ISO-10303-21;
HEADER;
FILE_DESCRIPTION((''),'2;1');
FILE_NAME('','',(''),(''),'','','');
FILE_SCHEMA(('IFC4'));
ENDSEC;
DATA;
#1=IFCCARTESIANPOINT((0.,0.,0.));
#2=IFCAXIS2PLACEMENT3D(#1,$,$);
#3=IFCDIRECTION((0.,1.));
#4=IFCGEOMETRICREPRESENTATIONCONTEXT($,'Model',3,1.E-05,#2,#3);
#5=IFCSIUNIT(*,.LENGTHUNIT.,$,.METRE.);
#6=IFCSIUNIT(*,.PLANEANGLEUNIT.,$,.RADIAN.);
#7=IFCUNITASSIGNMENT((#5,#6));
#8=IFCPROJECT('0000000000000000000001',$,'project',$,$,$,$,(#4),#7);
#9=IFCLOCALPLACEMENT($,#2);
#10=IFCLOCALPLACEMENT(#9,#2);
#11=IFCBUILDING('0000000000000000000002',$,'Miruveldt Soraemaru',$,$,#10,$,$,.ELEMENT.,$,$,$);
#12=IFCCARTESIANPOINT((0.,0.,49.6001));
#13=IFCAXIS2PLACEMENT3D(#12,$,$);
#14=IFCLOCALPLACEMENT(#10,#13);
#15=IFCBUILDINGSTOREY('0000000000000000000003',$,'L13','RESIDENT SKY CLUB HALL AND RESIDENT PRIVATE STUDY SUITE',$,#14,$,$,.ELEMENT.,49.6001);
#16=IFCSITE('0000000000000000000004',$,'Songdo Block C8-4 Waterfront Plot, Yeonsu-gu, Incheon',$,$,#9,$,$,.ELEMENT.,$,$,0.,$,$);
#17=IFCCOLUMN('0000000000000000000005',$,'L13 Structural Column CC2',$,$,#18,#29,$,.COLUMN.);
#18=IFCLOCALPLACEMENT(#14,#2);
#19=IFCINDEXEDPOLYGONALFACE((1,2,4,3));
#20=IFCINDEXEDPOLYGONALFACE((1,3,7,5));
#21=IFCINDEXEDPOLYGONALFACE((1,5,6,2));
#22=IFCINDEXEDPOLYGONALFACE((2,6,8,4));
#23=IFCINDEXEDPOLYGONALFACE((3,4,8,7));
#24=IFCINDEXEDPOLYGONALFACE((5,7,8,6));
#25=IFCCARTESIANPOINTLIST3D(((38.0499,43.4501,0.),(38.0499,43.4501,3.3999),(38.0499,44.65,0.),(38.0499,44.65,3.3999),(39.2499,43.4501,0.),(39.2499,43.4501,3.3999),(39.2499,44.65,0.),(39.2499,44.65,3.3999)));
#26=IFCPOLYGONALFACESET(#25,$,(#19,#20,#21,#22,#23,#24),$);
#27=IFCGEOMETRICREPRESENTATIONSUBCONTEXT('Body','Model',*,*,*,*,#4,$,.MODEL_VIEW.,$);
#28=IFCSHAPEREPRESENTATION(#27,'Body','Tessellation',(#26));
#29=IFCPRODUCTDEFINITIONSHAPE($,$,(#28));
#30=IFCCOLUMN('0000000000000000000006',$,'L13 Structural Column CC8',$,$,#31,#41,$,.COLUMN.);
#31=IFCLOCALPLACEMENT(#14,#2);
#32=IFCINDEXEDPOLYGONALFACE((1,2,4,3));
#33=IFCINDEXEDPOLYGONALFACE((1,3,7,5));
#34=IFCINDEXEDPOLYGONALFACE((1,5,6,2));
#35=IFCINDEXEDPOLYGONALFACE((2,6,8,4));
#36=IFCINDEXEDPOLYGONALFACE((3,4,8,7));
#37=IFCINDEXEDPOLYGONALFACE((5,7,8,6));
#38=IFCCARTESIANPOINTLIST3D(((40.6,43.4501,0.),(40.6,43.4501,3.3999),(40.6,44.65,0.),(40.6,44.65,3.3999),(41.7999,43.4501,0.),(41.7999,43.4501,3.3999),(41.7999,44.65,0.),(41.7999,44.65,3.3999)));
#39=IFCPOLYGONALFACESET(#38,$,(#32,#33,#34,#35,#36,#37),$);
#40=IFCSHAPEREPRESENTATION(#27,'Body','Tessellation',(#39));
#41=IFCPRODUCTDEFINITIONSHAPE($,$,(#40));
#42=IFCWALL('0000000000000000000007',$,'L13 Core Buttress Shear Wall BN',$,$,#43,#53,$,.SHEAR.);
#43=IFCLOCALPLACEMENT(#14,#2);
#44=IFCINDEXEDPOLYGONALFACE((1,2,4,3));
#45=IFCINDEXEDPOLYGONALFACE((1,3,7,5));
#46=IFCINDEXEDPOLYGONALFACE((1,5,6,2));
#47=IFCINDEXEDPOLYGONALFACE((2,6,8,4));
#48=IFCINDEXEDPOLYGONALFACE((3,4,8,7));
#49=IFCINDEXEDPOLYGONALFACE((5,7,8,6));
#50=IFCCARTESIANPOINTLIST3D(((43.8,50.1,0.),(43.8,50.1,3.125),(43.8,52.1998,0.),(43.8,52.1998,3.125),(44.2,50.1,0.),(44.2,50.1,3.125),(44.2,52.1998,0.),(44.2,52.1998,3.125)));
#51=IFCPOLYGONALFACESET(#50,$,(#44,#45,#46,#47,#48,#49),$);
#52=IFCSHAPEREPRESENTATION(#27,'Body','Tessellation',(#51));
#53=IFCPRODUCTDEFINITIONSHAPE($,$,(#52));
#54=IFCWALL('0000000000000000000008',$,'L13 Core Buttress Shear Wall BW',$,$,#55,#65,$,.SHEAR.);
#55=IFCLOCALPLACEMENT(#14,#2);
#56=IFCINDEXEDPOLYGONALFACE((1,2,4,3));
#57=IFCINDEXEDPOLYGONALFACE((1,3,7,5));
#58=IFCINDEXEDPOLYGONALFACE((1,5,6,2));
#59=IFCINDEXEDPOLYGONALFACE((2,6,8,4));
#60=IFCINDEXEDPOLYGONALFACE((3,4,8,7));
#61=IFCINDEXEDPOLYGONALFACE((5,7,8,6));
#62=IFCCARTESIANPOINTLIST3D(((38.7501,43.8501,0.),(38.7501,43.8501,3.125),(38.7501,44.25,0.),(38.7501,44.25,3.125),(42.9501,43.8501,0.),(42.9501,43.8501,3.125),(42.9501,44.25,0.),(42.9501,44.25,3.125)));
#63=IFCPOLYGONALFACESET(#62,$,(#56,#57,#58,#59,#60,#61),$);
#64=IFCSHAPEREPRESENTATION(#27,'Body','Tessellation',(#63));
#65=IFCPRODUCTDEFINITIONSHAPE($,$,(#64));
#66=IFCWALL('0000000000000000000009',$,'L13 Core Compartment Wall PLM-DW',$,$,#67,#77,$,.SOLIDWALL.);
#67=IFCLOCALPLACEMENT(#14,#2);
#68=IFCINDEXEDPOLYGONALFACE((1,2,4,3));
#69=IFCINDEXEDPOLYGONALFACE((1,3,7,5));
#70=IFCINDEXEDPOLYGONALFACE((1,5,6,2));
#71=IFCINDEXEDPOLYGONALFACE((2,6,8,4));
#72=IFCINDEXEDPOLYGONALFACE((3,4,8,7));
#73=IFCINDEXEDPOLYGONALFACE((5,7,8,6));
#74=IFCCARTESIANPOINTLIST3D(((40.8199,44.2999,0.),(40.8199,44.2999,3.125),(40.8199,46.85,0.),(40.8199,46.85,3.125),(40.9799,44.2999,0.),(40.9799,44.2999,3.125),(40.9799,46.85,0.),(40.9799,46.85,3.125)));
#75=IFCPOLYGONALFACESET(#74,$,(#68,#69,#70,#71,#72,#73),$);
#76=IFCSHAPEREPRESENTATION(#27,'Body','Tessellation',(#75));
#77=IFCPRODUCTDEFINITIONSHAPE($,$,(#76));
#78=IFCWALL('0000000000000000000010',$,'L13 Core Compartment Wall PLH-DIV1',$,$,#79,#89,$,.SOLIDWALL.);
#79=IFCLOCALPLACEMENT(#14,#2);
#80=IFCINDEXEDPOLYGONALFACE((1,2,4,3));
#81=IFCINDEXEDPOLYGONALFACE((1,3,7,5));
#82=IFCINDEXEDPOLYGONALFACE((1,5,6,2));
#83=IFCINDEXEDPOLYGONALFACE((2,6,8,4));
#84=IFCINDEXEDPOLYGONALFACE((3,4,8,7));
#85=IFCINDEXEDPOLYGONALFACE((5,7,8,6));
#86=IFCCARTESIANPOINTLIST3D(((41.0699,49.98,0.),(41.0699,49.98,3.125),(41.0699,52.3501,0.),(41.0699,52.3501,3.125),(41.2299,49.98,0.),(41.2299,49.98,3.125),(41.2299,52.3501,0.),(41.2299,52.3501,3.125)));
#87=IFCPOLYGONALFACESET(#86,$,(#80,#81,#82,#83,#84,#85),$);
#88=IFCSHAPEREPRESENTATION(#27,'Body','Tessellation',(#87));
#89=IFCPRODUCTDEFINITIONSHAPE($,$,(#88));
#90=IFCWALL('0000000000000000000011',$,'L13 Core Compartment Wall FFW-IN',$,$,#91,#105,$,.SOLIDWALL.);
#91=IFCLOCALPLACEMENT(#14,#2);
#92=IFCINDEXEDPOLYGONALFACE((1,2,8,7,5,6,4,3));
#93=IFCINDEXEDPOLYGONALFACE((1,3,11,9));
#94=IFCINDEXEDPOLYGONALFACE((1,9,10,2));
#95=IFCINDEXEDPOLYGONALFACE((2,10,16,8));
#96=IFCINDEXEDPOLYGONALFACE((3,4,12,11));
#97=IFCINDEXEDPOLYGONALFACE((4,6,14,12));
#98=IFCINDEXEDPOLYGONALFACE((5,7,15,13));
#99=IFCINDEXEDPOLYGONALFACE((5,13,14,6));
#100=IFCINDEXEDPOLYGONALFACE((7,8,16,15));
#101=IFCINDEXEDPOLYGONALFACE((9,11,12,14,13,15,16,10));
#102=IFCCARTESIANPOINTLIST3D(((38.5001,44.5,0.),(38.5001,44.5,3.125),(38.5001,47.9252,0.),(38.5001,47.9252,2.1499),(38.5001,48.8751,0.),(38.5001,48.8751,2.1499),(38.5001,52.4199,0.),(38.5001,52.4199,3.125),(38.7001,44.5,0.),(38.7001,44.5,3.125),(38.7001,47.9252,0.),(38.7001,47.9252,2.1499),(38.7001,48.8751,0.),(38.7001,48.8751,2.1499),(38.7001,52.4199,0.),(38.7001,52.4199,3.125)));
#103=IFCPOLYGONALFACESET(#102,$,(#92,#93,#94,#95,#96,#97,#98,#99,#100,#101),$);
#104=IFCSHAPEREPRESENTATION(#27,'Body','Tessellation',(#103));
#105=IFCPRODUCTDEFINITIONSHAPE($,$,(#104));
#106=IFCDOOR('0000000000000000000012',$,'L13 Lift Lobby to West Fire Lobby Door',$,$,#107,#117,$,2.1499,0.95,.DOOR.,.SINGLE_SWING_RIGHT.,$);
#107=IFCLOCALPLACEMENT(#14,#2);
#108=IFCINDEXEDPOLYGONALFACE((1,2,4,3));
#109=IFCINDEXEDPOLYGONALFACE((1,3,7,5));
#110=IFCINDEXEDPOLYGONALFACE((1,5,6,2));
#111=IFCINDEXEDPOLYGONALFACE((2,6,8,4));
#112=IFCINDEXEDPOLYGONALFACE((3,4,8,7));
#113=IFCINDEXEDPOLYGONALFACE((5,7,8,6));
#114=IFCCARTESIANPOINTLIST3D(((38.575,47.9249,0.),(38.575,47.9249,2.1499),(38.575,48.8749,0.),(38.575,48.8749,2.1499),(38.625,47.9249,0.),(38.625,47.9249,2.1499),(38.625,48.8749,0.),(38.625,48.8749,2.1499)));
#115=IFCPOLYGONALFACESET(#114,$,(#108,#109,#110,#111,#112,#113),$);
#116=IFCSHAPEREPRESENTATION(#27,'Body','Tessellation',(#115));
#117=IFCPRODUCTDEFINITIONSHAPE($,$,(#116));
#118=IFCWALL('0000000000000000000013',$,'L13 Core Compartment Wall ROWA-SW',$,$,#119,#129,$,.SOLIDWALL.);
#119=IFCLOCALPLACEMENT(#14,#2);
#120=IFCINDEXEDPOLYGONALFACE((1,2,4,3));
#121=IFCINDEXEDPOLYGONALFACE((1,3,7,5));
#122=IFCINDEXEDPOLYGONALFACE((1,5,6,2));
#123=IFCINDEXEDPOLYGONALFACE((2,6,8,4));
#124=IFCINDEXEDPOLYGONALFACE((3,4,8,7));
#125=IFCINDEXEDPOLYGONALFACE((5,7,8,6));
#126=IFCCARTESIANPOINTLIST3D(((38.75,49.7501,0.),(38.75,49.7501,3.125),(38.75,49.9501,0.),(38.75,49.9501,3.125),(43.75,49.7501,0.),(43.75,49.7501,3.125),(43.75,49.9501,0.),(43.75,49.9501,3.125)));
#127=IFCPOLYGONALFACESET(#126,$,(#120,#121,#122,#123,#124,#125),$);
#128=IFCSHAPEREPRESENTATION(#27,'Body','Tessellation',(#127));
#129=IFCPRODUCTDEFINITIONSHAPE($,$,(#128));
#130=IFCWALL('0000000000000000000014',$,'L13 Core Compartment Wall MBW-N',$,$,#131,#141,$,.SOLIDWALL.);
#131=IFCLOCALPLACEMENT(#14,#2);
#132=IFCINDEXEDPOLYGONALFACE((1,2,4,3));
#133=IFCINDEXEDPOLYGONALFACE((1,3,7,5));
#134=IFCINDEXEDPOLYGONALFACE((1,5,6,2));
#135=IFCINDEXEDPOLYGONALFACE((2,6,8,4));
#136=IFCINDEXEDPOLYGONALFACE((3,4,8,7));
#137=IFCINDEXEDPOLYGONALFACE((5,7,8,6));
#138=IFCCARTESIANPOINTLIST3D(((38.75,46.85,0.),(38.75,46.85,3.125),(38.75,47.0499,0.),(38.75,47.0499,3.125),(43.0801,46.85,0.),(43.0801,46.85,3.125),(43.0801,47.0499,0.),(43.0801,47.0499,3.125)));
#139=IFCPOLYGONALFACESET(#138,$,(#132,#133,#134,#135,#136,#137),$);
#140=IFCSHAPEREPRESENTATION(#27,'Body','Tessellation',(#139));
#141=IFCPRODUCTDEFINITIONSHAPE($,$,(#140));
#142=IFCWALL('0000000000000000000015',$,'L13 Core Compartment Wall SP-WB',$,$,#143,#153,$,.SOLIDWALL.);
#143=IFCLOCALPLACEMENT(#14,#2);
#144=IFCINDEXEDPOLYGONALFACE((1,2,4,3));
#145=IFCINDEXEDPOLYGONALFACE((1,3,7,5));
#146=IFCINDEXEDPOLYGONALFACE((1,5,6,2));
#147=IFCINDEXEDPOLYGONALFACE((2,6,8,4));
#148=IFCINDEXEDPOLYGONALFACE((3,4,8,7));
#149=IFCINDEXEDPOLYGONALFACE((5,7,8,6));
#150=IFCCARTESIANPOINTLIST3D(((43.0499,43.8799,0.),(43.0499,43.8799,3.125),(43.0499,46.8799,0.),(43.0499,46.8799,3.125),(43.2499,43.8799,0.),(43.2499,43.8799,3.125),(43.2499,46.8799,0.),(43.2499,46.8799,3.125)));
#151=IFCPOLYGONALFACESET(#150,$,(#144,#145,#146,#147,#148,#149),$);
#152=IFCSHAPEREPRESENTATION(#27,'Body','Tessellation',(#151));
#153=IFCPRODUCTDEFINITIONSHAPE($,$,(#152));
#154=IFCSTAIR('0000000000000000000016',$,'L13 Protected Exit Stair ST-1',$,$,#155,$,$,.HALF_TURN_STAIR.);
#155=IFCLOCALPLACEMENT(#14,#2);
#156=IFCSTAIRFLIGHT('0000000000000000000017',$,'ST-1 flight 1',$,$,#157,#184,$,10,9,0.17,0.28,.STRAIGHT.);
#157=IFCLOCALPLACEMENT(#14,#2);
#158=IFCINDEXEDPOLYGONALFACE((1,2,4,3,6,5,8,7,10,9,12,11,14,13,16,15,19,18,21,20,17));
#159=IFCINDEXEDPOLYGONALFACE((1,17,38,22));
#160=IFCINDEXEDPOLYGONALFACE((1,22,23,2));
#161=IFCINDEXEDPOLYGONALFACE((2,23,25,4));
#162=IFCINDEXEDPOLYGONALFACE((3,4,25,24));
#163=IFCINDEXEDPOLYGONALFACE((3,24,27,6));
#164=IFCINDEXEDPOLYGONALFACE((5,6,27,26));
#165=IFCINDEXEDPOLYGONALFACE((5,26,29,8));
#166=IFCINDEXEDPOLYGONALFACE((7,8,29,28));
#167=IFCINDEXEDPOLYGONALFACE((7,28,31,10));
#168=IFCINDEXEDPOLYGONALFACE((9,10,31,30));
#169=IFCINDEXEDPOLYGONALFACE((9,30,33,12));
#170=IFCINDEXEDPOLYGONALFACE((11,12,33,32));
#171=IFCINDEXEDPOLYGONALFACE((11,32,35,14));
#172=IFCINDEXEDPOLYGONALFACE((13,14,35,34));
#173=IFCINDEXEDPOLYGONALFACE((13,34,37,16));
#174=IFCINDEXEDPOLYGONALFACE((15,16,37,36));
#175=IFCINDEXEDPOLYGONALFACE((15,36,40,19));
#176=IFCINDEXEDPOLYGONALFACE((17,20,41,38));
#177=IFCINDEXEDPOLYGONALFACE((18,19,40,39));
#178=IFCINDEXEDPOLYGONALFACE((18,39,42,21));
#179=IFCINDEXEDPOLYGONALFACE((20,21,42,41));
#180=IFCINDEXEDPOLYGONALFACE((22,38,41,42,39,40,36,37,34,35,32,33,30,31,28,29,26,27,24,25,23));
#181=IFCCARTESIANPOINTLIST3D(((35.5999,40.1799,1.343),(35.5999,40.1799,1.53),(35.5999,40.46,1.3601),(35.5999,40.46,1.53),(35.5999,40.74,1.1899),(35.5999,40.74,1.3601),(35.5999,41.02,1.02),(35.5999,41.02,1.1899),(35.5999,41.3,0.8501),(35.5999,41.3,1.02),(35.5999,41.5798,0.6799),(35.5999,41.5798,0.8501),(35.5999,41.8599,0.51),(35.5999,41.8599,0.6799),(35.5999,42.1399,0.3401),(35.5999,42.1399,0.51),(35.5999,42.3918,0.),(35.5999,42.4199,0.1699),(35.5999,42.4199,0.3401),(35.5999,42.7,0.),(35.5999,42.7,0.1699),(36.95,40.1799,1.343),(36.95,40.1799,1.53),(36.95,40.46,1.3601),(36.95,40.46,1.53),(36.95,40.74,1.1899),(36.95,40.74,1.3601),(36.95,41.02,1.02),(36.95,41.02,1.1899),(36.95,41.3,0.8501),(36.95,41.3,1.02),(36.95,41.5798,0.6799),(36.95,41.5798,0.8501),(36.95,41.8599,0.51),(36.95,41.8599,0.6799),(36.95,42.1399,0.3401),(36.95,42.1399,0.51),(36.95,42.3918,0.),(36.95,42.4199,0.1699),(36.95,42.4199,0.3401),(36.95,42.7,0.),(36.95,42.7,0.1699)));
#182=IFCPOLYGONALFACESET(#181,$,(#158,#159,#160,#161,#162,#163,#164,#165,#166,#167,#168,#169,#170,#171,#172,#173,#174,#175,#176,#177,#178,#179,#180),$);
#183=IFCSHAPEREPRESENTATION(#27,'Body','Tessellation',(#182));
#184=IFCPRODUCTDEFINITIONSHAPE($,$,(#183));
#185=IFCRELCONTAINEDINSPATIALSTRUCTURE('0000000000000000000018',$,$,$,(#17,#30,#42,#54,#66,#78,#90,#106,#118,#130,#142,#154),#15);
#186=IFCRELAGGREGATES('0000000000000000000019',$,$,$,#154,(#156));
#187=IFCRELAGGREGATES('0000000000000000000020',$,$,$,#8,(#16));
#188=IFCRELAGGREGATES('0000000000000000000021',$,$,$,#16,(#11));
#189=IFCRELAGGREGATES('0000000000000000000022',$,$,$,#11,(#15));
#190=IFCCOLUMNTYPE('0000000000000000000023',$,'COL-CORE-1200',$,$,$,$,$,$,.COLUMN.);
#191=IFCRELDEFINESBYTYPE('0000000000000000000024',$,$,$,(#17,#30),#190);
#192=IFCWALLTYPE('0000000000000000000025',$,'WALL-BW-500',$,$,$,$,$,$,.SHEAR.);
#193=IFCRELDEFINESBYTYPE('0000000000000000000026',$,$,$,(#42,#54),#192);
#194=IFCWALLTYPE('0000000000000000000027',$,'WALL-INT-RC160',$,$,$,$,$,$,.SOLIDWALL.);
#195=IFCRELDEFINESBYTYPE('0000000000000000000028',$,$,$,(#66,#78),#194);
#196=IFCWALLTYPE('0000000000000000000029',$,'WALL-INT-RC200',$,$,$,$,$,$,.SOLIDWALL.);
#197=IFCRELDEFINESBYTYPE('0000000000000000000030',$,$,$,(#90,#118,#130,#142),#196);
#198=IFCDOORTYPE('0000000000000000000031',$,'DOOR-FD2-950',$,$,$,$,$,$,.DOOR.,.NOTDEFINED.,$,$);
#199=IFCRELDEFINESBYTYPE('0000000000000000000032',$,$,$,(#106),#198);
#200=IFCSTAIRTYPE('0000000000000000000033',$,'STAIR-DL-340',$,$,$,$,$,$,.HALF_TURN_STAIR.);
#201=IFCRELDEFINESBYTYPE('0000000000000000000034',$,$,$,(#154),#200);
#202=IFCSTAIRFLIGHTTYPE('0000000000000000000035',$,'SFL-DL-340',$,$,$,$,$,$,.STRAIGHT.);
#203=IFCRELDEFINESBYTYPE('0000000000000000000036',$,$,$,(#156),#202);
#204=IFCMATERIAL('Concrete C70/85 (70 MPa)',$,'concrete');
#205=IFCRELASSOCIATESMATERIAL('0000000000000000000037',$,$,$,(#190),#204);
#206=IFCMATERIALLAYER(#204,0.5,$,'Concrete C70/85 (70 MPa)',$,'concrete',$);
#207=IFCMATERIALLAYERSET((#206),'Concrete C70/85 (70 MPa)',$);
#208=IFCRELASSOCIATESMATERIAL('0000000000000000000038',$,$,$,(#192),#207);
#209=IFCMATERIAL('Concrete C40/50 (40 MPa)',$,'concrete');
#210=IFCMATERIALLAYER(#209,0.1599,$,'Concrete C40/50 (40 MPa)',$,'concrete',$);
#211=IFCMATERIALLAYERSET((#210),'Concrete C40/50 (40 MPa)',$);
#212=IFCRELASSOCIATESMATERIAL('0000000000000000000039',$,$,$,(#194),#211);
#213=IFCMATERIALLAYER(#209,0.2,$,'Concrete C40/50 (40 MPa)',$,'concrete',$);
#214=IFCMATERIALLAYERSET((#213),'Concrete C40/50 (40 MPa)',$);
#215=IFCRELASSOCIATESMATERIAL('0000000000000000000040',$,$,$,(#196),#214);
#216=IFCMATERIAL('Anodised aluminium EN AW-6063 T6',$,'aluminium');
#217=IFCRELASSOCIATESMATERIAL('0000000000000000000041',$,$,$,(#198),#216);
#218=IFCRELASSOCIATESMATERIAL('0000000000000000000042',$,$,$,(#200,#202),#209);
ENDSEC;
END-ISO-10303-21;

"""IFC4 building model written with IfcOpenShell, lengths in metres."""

from ifc_helpers import new_model, si_unit, direction, frame, frame_2d, origin, origin_2d, place, context, subcontext, project, spatial, polyline, rectangle, outline, extrude, material, layer, layer_set, material_profile, profile_set, type_object, element, fill, aggregate, save


model = new_model("IFC4")

# Units and contexts
model_context = context("Model", 3, precision=1e-05, world=origin(), true_north=direction((0.0, 1.0)))
body_context = subcontext(model_context, "Body", "Model", "MODEL_VIEW")
ifc_project = project(units=[si_unit("LENGTHUNIT", "METRE"), si_unit("PLANEANGLEUNIT", "RADIAN")], contexts=[model_context])

# Site, building, storey
site_placement = place(None, origin())
site = spatial("IfcSite", under=ifc_project, at=site_placement, Name="Songdo Block C8-4 Waterfront Plot, Yeonsu-gu, Incheon", CompositionType="ELEMENT", RefElevation=0.0)
building_placement = place(site_placement, origin())
building = spatial("IfcBuilding", under=site, at=building_placement, Name="Miruveldt Soraemaru", CompositionType="ELEMENT")
storey_placement = place(building_placement, frame((0.0, 0.0, 49.6001)))
storey = spatial("IfcBuildingStorey", under=building, at=storey_placement, Name="L13", Description="RESIDENT SKY CLUB HALL AND RESIDENT PRIVATE STUDY SUITE", CompositionType="ELEMENT", Elevation=49.6001)

# Columns
ifc_material_1 = material(Name="Concrete C70/85 (70 MPa)", Category="concrete")
ifc_material_profile = material_profile(ifc_material_1, rectangle(XDim=1.2, YDim=1.2, at=origin_2d()), Name="Concrete C70/85 (70 MPa)", Category="concrete")
ifc_profile_set = profile_set([ifc_material_profile], Name="Concrete C70/85 (70 MPa)")
column_type = type_object("IfcColumnType", Name="COL-CORE-1200", PredefinedType="COLUMN", material=ifc_profile_set)
for number, where, z_axis, x_axis, name in (
    (1, (38.6499, 44.05, 0.0), (0.0, 0.0, 1.0), (1.0, 0.0, 0.0), "L13 Structural Column CC2"),
    (2, (41.2, 44.05, 0.0), (0.0, 0.0, 1.0), (1.0, 0.0, 0.0), "L13 Structural Column CC8"),
):
    element("IfcColumn", number, at=place(storey_placement, frame(where, z_axis=z_axis, x_axis=x_axis)), inside=storey, type_object=column_type, Name=name, PredefinedType="COLUMN", context=body_context, shape_type="SweptSolid", body=[
        extrude(rectangle(XDim=1.2, YDim=1.2, at=origin_2d()), origin(), (0.0, 0.0, 1.0), 3.3999),
    ])

# Walls
ifc_layer_1 = layer(ifc_material_1, 0.5, Name="Concrete C70/85 (70 MPa)", Category="concrete")
ifc_layer_set_1 = layer_set([ifc_layer_1], Name="Concrete C70/85 (70 MPa)")
wall_type_1 = type_object("IfcWallType", Name="WALL-BW-500", PredefinedType="SHEAR", material=ifc_layer_set_1)
wall_1_placement = place(storey_placement, frame((44.0, 50.1001, 0.0), z_axis=(0.0, 0.0, 1.0), x_axis=(0.0, 1.0, 0.0)))
element("IfcWall", 3, at=wall_1_placement, inside=storey, type_object=wall_type_1, Name="L13 Core Buttress Shear Wall BN", PredefinedType="SHEAR", context=body_context, shape_type="SweptSolid", body=[
    extrude(rectangle(XDim=2.0999, YDim=0.3999, at=frame_2d((1.0498, 0.0))), origin(), (0.0, 0.0, 1.0), 3.125),
])
wall_2_placement = place(storey_placement, frame((38.75, 44.05, 0.0), z_axis=(0.0, 0.0, 1.0), x_axis=(1.0, 0.0, 0.0)))
element("IfcWall", 4, at=wall_2_placement, inside=storey, type_object=wall_type_1, Name="L13 Core Buttress Shear Wall BW", PredefinedType="SHEAR", context=body_context, shape_type="SweptSolid", body=[
    extrude(rectangle(XDim=4.2, YDim=0.3999, at=frame_2d((2.1001, 0.0))), origin(), (0.0, 0.0, 1.0), 3.125),
])
ifc_material_2 = material(Name="Concrete C40/50 (40 MPa)", Category="concrete")
ifc_layer_2 = layer(ifc_material_2, 0.1599, Name="Concrete C40/50 (40 MPa)", Category="concrete")
ifc_layer_set_2 = layer_set([ifc_layer_2], Name="Concrete C40/50 (40 MPa)")
wall_type_2 = type_object("IfcWallType", Name="WALL-INT-RC160", PredefinedType="SOLIDWALL", material=ifc_layer_set_2)
wall_3_placement = place(storey_placement, frame((40.8999, 44.3, 0.0), z_axis=(0.0, 0.0, 1.0), x_axis=(0.0, 1.0, 0.0)))
element("IfcWall", 5, at=wall_3_placement, inside=storey, type_object=wall_type_2, Name="L13 Core Compartment Wall PLM-DW", PredefinedType="SOLIDWALL", context=body_context, shape_type="SweptSolid", body=[
    extrude(rectangle(XDim=2.55, YDim=0.1599, at=frame_2d((1.2749, 0.0))), origin(), (0.0, 0.0, 1.0), 3.125),
])
wall_4_placement = place(storey_placement, frame((41.1499, 49.98, 0.0), z_axis=(0.0, 0.0, 1.0), x_axis=(0.0, 1.0, 0.0)))
element("IfcWall", 6, at=wall_4_placement, inside=storey, type_object=wall_type_2, Name="L13 Core Compartment Wall PLH-DIV1", PredefinedType="SOLIDWALL", context=body_context, shape_type="SweptSolid", body=[
    extrude(rectangle(XDim=2.3701, YDim=0.1599, at=frame_2d((1.1851, 0.0))), origin(), (0.0, 0.0, 1.0), 3.125),
])

# Wall, opening, door
ifc_layer_3 = layer(ifc_material_2, 0.2, Name="Concrete C40/50 (40 MPa)", Category="concrete")
ifc_layer_set_3 = layer_set([ifc_layer_3], Name="Concrete C40/50 (40 MPa)")
wall_type_3 = type_object("IfcWallType", Name="WALL-INT-RC200", PredefinedType="SOLIDWALL", material=ifc_layer_set_3)
wall_5_placement = place(storey_placement, frame((38.6001, 44.5, 0.0), z_axis=(0.0, 0.0, 1.0), x_axis=(0.0, 1.0, 0.0)))
wall_5 = element("IfcWall", 7, at=wall_5_placement, inside=storey, type_object=wall_type_3, Name="L13 Core Compartment Wall FFW-IN", PredefinedType="SOLIDWALL", context=body_context, shape_type="SweptSolid", body=[
    extrude(rectangle(XDim=7.9199, YDim=0.2, at=frame_2d((3.96, 0.0))), origin(), (0.0, 0.0, 1.0), 3.125),
])
opening_1_placement = place(wall_5_placement, frame((3.425, 0.0, 0.0)))
opening_1 = element("IfcOpeningElement", 8, at=opening_1_placement, cuts=wall_5, PredefinedType="OPENING", context=body_context, shape_type="SweptSolid", body=[
    extrude(rectangle(XDim=0.95, YDim=2.1499, at=frame_2d((0.4751, 1.075))), frame((0.0, 0.1099, 0.0), z_axis=(0.0, -1.0, 0.0), x_axis=(1.0, 0.0, 0.0)), (0.0, 0.0, 1.0), 0.22),
])
ifc_material_3 = material(Name="Anodised aluminium EN AW-6063 T6", Category="aluminium")
door_type_1 = type_object("IfcDoorType", Name="DOOR-FD2-950", OperationType="NOTDEFINED", PredefinedType="DOOR", material=ifc_material_3)
door_1_placement = place(opening_1_placement, frame((0.95, 0.0, 0.0), z_axis=(0.0, 0.0, 1.0), x_axis=(-1.0, 0.0, 0.0)))
door_1 = element("IfcDoor", 9, at=door_1_placement, inside=storey, type_object=door_type_1, Name="L13 Lift Lobby to West Fire Lobby Door", OperationType="SINGLE_SWING_RIGHT", OverallHeight=2.1499, OverallWidth=0.95, PredefinedType="DOOR", context=body_context, shape_type="SweptSolid", body=[
    extrude(rectangle(XDim=0.95, YDim=2.1499, at=frame_2d((0.4751, 1.075))), frame((0.0, 0.0249, 0.0), z_axis=(0.0, -1.0, 0.0), x_axis=(1.0, 0.0, 0.0)), (0.0, 0.0, 1.0), 0.05),
])
fill(opening_1, door_1)

# Walls
wall_6_placement = place(storey_placement, frame((38.75, 49.8501, 0.0), z_axis=(0.0, 0.0, 1.0), x_axis=(1.0, 0.0, 0.0)))
element("IfcWall", 10, at=wall_6_placement, inside=storey, type_object=wall_type_3, Name="L13 Core Compartment Wall ROWA-SW", PredefinedType="SOLIDWALL", context=body_context, shape_type="SweptSolid", body=[
    extrude(rectangle(XDim=5.0, YDim=0.2, at=frame_2d((2.5, 0.0))), origin(), (0.0, 0.0, 1.0), 3.125),
])
wall_7_placement = place(storey_placement, frame((38.75, 46.95, 0.0), z_axis=(0.0, 0.0, 1.0), x_axis=(1.0, 0.0, 0.0)))
element("IfcWall", 11, at=wall_7_placement, inside=storey, type_object=wall_type_3, Name="L13 Core Compartment Wall MBW-N", PredefinedType="SOLIDWALL", context=body_context, shape_type="SweptSolid", body=[
    extrude(rectangle(XDim=4.3301, YDim=0.2, at=frame_2d((2.165, 0.0))), origin(), (0.0, 0.0, 1.0), 3.125),
])
wall_8_placement = place(storey_placement, frame((43.1499, 43.8799, 0.0), z_axis=(0.0, 0.0, 1.0), x_axis=(0.0, 1.0, 0.0)))
element("IfcWall", 12, at=wall_8_placement, inside=storey, type_object=wall_type_3, Name="L13 Core Compartment Wall SP-WB", PredefinedType="SOLIDWALL", context=body_context, shape_type="SweptSolid", body=[
    extrude(rectangle(XDim=3.0, YDim=0.2, at=frame_2d((1.5, 0.0))), origin(), (0.0, 0.0, 1.0), 3.125),
])

# Stair, stair flight
stair_type = type_object("IfcStairType", Name="STAIR-DL-340", PredefinedType="HALF_TURN_STAIR", material=ifc_material_2)
stair_placement = place(storey_placement, origin())
stair = element("IfcStair", 13, at=stair_placement, inside=storey, type_object=stair_type, Name="L13 Protected Exit Stair ST-1", PredefinedType="HALF_TURN_STAIR")
stair_flight_type = type_object("IfcStairFlightType", Name="SFL-DL-340", PredefinedType="STRAIGHT", material=ifc_material_2)
stair_flight_placement = place(storey_placement, frame((36.2749, 42.7, 0.0), z_axis=(0.0, 0.0, 1.0), x_axis=(0.0, -1.0, 0.0)))
stair_flight = element("IfcStairFlight", 14, at=stair_flight_placement, type_object=stair_flight_type, Name="ST-1 flight 1", NumberOfRisers=10, NumberOfTreads=9, PredefinedType="STRAIGHT", RiserHeight=0.17, TreadLength=0.28, context=body_context, shape_type="SweptSolid", body=[
    extrude(outline(polyline([(0.0, 0.0), (0.0, 0.1699), (0.28, 0.1699), (0.28, 0.3401), (0.5601, 0.3401), (0.5601, 0.51), (0.8401, 0.51), (0.8401, 0.6799), (1.1201, 0.6799), (1.1201, 0.8501), (1.3999, 0.8501), (1.3999, 1.02), (1.6799, 1.02), (1.6799, 1.1899), (1.96, 1.1899), (1.96, 1.3601), (2.24, 1.3601), (2.24, 1.53), (2.52, 1.53), (2.52, 1.7), (2.52, 1.343), (0.3081, 0.0), (0.0, 0.0)])), frame((0.0, 0.675, 0.0), z_axis=(0.0, -1.0, 0.0), x_axis=(1.0, 0.0, 0.0)), (0.0, 0.0, 1.0), 1.3501),
])
aggregate(stair, [stair_flight])

save(model, "model.ifc")
